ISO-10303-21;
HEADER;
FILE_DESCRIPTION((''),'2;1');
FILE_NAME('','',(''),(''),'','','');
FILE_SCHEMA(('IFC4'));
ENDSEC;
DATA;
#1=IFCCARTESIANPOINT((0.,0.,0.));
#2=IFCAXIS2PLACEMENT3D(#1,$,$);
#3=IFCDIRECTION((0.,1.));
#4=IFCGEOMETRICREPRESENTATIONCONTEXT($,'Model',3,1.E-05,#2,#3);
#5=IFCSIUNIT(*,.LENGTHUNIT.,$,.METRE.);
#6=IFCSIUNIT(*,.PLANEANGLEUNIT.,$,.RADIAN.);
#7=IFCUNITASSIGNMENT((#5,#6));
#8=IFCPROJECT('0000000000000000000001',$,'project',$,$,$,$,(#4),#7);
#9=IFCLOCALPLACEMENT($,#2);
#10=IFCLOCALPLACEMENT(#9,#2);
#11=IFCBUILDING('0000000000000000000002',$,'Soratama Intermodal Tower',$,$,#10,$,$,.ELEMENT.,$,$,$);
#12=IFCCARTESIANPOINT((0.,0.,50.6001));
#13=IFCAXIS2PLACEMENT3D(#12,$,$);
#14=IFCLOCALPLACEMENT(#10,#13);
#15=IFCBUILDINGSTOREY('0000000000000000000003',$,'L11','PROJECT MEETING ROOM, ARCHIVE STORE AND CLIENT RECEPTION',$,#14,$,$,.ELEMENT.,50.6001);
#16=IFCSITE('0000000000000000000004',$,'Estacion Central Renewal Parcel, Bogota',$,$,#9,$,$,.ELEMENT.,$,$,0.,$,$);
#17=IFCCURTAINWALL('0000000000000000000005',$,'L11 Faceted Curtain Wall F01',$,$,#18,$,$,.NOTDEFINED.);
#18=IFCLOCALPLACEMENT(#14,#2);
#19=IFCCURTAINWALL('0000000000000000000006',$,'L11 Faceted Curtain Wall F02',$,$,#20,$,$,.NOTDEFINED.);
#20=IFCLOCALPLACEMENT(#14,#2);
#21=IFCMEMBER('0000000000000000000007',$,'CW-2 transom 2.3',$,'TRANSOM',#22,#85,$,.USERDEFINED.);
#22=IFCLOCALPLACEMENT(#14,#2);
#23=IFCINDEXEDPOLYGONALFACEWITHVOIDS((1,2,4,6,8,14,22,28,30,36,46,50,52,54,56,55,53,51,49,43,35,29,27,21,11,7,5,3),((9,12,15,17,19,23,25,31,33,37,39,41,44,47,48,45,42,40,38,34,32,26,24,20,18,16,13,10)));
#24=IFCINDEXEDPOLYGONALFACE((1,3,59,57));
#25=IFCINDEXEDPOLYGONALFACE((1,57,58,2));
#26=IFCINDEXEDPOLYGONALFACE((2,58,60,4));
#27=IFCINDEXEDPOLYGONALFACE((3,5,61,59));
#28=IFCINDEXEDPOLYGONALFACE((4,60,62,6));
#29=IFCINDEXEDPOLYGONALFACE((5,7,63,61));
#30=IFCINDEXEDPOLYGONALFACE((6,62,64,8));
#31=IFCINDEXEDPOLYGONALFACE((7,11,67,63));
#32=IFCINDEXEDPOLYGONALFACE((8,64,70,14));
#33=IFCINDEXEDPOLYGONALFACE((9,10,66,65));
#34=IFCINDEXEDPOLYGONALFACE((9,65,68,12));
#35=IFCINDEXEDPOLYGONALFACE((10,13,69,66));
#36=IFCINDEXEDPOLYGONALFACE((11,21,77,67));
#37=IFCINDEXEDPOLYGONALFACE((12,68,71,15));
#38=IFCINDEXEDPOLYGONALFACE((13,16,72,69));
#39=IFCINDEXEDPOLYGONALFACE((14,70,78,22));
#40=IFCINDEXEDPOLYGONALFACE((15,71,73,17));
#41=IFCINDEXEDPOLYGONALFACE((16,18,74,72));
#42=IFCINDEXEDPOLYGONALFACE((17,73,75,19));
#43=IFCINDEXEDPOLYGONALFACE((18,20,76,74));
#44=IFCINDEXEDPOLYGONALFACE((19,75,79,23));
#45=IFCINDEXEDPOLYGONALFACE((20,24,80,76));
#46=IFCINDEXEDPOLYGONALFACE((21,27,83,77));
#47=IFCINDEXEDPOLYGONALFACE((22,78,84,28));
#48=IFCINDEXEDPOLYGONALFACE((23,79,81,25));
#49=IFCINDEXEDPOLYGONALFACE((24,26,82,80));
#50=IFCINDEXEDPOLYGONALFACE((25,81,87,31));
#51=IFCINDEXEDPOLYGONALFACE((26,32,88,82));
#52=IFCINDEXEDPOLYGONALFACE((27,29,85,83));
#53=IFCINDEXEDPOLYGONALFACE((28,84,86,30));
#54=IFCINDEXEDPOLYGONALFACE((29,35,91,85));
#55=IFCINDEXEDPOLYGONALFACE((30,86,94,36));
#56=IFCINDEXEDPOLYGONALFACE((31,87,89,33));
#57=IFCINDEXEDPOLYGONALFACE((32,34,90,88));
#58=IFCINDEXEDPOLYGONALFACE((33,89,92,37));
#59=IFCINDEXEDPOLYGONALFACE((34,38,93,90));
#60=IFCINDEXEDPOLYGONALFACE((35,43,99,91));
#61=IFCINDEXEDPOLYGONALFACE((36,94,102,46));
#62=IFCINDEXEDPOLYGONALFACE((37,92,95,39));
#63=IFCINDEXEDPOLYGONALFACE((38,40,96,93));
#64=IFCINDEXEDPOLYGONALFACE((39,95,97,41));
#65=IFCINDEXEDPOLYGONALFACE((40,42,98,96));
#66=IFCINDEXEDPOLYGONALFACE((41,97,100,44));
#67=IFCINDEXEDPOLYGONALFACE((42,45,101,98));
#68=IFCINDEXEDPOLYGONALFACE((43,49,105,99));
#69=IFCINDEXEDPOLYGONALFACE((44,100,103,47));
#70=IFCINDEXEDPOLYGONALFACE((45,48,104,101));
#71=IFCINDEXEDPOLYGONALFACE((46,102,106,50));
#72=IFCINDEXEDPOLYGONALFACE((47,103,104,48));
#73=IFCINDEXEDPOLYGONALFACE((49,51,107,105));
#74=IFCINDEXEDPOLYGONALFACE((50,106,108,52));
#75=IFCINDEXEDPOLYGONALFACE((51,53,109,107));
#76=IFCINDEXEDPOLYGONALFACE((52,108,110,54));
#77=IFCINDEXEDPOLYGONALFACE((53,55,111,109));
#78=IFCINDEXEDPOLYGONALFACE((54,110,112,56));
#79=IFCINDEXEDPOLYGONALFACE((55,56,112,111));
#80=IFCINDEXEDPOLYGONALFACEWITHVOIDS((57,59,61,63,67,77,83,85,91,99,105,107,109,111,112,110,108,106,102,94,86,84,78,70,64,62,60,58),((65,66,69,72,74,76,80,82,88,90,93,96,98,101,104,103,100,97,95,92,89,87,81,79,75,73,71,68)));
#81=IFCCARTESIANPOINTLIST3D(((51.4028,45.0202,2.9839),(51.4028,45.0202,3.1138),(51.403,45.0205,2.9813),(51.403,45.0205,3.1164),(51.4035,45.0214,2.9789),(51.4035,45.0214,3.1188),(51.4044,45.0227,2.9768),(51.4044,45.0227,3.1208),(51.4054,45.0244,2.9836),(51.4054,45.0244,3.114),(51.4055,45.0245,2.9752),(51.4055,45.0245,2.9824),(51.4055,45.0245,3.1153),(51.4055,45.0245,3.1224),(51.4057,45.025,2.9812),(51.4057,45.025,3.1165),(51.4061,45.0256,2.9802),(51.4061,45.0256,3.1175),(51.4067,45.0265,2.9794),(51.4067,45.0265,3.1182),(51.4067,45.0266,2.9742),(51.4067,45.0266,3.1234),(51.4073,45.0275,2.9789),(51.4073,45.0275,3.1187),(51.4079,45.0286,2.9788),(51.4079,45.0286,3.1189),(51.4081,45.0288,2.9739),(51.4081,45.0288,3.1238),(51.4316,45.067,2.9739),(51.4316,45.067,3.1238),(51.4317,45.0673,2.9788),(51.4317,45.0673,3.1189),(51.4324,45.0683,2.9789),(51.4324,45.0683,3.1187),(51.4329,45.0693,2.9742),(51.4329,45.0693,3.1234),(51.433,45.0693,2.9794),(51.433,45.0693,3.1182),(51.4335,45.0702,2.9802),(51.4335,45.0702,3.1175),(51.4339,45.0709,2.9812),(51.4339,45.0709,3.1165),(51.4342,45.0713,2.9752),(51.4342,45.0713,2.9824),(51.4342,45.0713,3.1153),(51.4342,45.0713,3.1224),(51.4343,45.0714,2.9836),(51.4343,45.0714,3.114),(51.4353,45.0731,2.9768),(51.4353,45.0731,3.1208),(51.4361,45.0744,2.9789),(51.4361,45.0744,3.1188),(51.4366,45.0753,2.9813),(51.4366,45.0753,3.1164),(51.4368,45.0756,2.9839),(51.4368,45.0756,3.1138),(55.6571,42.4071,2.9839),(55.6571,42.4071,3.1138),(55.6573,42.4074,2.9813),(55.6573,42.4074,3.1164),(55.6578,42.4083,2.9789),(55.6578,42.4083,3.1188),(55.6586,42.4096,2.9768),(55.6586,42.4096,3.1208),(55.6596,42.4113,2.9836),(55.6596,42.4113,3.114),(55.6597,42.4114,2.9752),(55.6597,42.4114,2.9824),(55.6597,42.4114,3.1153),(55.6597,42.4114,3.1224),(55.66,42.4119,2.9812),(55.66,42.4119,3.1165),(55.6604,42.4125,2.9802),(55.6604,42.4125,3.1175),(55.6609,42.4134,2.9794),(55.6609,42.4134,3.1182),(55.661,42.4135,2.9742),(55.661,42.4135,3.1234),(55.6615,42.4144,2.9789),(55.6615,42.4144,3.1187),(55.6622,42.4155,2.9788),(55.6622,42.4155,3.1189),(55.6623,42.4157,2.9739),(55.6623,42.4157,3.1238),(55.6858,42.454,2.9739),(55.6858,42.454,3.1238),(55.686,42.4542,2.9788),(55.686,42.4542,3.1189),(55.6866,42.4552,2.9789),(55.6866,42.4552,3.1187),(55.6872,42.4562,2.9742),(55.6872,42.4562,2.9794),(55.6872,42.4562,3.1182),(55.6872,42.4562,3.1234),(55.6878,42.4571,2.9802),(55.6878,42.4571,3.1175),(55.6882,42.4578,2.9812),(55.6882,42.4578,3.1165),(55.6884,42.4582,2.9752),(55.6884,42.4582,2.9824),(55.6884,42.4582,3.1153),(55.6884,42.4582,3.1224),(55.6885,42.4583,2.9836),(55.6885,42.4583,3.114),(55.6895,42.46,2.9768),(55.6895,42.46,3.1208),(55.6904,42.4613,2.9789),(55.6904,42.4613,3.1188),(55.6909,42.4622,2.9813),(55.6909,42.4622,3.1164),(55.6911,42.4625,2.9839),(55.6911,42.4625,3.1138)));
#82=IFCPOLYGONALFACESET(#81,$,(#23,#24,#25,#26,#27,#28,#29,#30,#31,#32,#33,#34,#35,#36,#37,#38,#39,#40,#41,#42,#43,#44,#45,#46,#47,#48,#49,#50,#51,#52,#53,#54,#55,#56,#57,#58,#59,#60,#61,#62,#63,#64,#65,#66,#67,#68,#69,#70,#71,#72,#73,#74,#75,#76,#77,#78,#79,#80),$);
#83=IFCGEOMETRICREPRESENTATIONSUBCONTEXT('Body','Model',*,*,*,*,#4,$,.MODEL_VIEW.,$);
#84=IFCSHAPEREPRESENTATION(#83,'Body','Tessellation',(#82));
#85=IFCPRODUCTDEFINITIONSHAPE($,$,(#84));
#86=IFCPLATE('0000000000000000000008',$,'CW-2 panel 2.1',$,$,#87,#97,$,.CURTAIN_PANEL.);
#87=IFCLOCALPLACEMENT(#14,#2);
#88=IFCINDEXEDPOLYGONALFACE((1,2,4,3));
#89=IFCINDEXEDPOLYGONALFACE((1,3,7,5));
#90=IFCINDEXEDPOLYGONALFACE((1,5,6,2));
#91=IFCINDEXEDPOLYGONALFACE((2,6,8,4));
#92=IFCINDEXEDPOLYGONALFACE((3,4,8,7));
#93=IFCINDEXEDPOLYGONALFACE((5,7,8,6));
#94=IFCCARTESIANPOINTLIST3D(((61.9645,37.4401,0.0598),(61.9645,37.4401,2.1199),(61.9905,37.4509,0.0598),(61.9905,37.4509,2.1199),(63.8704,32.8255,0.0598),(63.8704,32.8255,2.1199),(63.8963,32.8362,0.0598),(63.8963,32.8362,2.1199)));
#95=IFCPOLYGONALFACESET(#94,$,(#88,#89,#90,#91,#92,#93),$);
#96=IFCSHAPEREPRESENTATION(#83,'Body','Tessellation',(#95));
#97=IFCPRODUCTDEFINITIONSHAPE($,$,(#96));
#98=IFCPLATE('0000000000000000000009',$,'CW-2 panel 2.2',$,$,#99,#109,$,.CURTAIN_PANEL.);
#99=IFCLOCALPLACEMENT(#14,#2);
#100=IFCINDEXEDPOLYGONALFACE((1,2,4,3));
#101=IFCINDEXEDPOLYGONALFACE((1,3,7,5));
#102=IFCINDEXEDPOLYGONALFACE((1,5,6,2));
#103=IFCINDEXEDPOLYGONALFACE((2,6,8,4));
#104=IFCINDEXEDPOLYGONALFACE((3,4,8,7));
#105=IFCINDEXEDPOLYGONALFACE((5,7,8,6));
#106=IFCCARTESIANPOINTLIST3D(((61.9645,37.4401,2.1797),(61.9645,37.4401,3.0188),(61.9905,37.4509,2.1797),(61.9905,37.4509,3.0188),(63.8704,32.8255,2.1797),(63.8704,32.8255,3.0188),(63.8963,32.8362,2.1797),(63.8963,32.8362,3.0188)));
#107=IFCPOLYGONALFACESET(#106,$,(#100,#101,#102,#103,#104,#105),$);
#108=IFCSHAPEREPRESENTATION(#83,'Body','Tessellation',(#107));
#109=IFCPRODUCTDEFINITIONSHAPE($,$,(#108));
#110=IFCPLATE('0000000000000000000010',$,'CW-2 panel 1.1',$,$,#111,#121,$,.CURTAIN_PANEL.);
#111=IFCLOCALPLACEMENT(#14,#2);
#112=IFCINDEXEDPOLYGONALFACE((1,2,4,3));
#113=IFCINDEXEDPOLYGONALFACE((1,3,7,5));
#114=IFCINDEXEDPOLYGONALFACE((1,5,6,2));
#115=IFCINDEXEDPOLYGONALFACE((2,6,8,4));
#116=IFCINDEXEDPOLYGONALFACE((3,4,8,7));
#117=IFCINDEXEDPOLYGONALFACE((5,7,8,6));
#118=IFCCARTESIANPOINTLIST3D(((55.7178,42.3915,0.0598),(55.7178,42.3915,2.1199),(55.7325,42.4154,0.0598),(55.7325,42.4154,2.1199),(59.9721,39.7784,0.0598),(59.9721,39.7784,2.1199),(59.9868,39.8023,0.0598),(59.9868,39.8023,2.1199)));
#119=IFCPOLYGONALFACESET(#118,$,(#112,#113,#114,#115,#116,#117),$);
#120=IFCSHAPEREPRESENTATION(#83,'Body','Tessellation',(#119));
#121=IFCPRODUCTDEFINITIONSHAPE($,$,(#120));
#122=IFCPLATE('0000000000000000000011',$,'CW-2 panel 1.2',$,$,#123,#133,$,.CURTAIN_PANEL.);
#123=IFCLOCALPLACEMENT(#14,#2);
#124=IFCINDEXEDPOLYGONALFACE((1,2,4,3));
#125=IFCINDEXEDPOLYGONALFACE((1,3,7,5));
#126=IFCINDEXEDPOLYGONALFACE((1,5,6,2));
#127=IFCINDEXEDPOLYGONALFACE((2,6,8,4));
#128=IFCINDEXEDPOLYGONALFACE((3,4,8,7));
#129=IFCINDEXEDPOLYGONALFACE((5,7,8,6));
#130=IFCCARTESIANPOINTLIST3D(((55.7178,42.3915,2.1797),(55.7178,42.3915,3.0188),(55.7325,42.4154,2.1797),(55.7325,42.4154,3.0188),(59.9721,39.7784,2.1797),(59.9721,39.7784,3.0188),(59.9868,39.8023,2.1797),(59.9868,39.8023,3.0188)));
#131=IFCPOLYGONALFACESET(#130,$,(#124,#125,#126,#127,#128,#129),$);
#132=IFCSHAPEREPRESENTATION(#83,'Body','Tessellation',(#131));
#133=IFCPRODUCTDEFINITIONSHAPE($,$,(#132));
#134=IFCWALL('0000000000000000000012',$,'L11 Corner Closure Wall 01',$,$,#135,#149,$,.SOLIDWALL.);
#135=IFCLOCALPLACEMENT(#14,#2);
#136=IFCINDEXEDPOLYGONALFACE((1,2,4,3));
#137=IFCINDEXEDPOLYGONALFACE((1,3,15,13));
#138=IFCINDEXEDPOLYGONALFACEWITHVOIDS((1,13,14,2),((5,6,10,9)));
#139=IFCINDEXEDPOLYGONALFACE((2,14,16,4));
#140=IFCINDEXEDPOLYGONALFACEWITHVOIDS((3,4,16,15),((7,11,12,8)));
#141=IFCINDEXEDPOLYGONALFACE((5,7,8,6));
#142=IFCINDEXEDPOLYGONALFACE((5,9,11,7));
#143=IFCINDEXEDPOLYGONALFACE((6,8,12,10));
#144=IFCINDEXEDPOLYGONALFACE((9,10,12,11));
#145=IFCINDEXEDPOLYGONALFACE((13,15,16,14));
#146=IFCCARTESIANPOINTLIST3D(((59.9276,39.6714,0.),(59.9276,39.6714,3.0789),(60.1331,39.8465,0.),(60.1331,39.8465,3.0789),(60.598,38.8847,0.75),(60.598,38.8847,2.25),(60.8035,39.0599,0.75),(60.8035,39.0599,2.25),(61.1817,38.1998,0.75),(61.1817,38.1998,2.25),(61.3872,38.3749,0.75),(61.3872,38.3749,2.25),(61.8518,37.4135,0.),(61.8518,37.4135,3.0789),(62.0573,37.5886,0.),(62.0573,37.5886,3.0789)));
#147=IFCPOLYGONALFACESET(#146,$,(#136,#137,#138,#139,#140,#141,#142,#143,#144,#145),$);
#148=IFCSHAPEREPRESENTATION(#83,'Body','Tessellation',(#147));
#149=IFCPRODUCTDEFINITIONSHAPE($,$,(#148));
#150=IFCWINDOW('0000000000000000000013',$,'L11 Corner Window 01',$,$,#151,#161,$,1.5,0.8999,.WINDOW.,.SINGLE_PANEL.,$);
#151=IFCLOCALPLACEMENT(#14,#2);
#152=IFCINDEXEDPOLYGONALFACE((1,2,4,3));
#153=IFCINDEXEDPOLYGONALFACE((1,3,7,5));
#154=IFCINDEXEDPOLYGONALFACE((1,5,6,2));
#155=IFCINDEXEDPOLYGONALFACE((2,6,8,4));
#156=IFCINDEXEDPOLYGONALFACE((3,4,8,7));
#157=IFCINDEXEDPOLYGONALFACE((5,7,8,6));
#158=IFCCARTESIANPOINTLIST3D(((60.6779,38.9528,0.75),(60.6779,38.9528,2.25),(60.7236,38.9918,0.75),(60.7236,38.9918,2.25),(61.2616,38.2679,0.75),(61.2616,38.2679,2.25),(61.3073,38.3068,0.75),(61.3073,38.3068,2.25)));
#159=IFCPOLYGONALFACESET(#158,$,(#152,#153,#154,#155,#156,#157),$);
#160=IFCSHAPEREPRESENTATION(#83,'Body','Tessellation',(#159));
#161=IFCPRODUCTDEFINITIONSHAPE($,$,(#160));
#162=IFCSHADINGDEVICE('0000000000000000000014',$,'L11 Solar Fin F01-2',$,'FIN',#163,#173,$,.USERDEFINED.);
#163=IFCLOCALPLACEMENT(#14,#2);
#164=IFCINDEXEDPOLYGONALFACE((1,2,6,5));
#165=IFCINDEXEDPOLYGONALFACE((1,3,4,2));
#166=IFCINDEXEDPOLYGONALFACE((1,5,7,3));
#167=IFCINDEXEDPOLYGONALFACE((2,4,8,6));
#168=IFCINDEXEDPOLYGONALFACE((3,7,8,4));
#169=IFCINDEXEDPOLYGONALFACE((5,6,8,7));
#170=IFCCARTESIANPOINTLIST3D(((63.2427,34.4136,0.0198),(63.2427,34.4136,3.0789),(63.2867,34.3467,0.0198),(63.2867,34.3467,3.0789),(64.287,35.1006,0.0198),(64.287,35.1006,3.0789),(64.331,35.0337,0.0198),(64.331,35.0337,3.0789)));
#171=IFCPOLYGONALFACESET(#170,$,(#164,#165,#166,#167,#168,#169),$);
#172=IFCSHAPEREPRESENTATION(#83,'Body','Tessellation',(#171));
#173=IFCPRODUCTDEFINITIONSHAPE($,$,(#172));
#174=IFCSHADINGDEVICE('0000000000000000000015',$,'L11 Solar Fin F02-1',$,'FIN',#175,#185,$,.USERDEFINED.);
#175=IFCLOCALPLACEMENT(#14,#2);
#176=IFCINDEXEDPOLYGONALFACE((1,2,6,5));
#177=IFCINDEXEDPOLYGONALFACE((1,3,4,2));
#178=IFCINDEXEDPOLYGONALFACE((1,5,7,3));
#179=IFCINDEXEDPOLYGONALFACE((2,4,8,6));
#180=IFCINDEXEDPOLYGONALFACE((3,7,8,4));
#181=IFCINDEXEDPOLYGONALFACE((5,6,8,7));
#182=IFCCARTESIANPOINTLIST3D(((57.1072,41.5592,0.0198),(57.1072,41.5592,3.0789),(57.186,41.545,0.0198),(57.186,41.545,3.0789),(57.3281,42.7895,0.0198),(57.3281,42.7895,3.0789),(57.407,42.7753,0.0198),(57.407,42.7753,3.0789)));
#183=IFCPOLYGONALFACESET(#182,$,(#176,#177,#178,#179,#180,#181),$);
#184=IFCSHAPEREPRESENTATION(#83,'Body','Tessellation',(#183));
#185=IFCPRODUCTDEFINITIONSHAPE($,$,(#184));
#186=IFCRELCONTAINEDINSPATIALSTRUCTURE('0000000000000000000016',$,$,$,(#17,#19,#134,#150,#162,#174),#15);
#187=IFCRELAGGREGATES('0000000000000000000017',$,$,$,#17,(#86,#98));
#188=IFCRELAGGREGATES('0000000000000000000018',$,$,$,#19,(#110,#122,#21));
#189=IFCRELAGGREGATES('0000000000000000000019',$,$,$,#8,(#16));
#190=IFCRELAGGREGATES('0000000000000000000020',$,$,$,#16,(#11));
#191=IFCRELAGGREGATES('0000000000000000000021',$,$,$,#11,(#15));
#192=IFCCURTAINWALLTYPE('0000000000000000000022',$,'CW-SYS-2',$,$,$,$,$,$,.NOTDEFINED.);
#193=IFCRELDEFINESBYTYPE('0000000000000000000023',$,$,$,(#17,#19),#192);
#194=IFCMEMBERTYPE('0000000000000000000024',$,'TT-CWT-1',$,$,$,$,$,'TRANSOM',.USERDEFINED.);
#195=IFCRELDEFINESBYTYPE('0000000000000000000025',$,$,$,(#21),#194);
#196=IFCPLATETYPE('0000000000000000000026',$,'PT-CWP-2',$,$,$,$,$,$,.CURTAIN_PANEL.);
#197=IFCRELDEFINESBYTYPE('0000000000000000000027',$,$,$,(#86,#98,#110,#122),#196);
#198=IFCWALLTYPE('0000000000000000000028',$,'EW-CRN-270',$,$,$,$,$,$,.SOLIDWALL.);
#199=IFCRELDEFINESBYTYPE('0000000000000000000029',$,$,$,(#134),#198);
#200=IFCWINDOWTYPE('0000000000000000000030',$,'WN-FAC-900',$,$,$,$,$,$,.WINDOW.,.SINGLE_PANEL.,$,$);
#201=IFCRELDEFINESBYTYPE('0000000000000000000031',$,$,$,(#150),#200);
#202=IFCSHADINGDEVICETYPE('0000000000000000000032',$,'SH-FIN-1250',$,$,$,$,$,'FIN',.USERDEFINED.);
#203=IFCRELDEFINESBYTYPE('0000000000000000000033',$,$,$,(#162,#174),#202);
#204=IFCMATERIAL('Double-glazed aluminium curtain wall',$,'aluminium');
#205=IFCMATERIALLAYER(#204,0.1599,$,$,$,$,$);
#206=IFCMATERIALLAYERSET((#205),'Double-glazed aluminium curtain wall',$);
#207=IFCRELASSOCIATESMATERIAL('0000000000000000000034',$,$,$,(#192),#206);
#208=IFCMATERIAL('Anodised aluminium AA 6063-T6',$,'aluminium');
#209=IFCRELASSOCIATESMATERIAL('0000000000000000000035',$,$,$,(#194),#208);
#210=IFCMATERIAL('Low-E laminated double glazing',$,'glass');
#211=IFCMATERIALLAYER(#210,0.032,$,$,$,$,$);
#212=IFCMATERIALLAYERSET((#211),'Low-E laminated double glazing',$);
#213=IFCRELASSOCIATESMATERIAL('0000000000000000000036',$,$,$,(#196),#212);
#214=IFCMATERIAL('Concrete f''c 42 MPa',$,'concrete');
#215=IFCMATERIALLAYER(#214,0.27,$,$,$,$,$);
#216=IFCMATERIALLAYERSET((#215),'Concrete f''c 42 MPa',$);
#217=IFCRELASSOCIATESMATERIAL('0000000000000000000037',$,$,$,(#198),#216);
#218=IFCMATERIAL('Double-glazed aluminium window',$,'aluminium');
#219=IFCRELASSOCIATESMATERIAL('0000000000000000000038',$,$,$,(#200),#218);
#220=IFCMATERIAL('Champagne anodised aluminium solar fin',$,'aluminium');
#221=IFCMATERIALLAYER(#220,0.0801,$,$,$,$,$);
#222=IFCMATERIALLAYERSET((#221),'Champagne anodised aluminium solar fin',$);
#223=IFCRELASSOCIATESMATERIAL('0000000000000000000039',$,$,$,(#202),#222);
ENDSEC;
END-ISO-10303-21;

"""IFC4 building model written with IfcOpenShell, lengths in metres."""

from ifc_helpers import new_model, si_unit, direction, frame, frame_2d, origin, origin_2d, place, context, subcontext, project, spatial, rectangle, hollow_rectangle, extrude, material, layer, layer_set, material_profile, profile_set, type_object, element, fill, aggregate, save


model = new_model("IFC4")

# Units and contexts
model_context = context("Model", 3, precision=1e-05, world=origin(), true_north=direction((0.0, 1.0)))
body_context = subcontext(model_context, "Body", "Model", "MODEL_VIEW")
ifc_project = project(units=[si_unit("LENGTHUNIT", "METRE"), si_unit("PLANEANGLEUNIT", "RADIAN")], contexts=[model_context])

# Site, building, storey
site_placement = place(None, origin())
site = spatial("IfcSite", under=ifc_project, at=site_placement, Name="Estacion Central Renewal Parcel, Bogota", CompositionType="ELEMENT", RefElevation=0.0)
building_placement = place(site_placement, origin())
building = spatial("IfcBuilding", under=site, at=building_placement, Name="Soratama Intermodal Tower", CompositionType="ELEMENT")
storey_placement = place(building_placement, frame((0.0, 0.0, 50.6001)))
storey = spatial("IfcBuildingStorey", under=building, at=storey_placement, Name="L11", Description="PROJECT MEETING ROOM, ARCHIVE STORE AND CLIENT RECEPTION", CompositionType="ELEMENT", Elevation=50.6001)

# Curtain wall
ifc_material_1 = material(Name="Double-glazed aluminium curtain wall", Category="aluminium")
ifc_layer_1 = layer(ifc_material_1, 0.1599)
ifc_layer_set_1 = layer_set([ifc_layer_1], Name="Double-glazed aluminium curtain wall")
curtain_wall_type = type_object("IfcCurtainWallType", Name="CW-SYS-2", PredefinedType="NOTDEFINED", material=ifc_layer_set_1)
curtain_wall_1_placement = place(storey_placement, origin())
curtain_wall_1 = element("IfcCurtainWall", 1, at=curtain_wall_1_placement, inside=storey, type_object=curtain_wall_type, Name="L11 Faceted Curtain Wall F01", PredefinedType="NOTDEFINED")

# Curtain wall, member
curtain_wall_2_placement = place(storey_placement, origin())
curtain_wall_2 = element("IfcCurtainWall", 2, at=curtain_wall_2_placement, inside=storey, type_object=curtain_wall_type, Name="L11 Faceted Curtain Wall F02", PredefinedType="NOTDEFINED")
ifc_material_2 = material(Name="Anodised aluminium AA 6063-T6", Category="aluminium")
ifc_material_profile_1 = material_profile(ifc_material_2, hollow_rectangle(XDim=0.0649, YDim=0.1499, WallThickness=0.0049, InnerFilletRadius=0.0049, OuterFilletRadius=0.01, at=origin_2d()), Name="CWT150X65X5")
ifc_profile_set_1 = profile_set([ifc_material_profile_1], Name="Anodised aluminium AA 6063-T6")
member_type_1 = type_object("IfcMemberType", Name="TT-CWT-1", ElementType="TRANSOM", PredefinedType="USERDEFINED", material=ifc_profile_set_1)
member_1_placement = place(storey_placement, frame((55.6741, 42.4348, 3.0488), z_axis=(-0.852096, 0.523385, 0.0), x_axis=(-0.523385, -0.852096, 0.0)))
member_1 = element("IfcMember", 3, at=member_1_placement, type_object=member_type_1, Name="CW-2 transom 2.3", ObjectType="TRANSOM", PredefinedType="USERDEFINED", context=body_context, shape_type="SweptSolid", body=[
    extrude(hollow_rectangle(XDim=0.0649, YDim=0.1499, WallThickness=0.0049, InnerFilletRadius=0.0049, OuterFilletRadius=0.01, at=origin_2d()), origin(), (0.0, 0.0, 1.0), 4.9927),
])

# Plates
ifc_material_3 = material(Name="Low-E laminated double glazing", Category="glass")
ifc_layer_2 = layer(ifc_material_3, 0.032)
ifc_layer_set_2 = layer_set([ifc_layer_2], Name="Low-E laminated double glazing")
plate_type = type_object("IfcPlateType", Name="PT-CWP-2", PredefinedType="CURTAIN_PANEL", material=ifc_layer_set_2)
plate_1_placement = place(storey_placement, frame((62.9304, 35.1382, 0.0598), z_axis=(0.0, 0.0, 1.0), x_axis=(-0.381722, 0.924277, 0.0)))
plate_1 = element("IfcPlate", 4, at=plate_1_placement, type_object=plate_type, Name="CW-2 panel 2.1", PredefinedType="CURTAIN_PANEL", context=body_context, shape_type="SweptSolid", body=[
    extrude(rectangle(XDim=4.9927, YDim=0.0281, at=origin_2d()), origin(), (0.0, 0.0, 1.0), 2.0601),
])
plate_2_placement = place(storey_placement, frame((62.9304, 35.1382, 2.1797), z_axis=(0.0, 0.0, 1.0), x_axis=(-0.381722, 0.924277, 0.0)))
plate_2 = element("IfcPlate", 5, at=plate_2_placement, type_object=plate_type, Name="CW-2 panel 2.2", PredefinedType="CURTAIN_PANEL", context=body_context, shape_type="SweptSolid", body=[
    extrude(rectangle(XDim=4.9927, YDim=0.0281, at=origin_2d()), origin(), (0.0, 0.0, 1.0), 0.8391),
])
aggregate(curtain_wall_1, [plate_1, plate_2])
plate_3_placement = place(storey_placement, frame((57.8523, 41.0969, 0.0598), z_axis=(0.0, 0.0, 1.0), x_axis=(-0.852096, 0.523385, 0.0)))
plate_3 = element("IfcPlate", 6, at=plate_3_placement, type_object=plate_type, Name="CW-2 panel 1.1", PredefinedType="CURTAIN_PANEL", context=body_context, shape_type="SweptSolid", body=[
    extrude(rectangle(XDim=4.9927, YDim=0.0281, at=origin_2d()), origin(), (0.0, 0.0, 1.0), 2.0601),
])
plate_4_placement = place(storey_placement, frame((57.8523, 41.0969, 2.1797), z_axis=(0.0, 0.0, 1.0), x_axis=(-0.852096, 0.523385, 0.0)))
plate_4 = element("IfcPlate", 7, at=plate_4_placement, type_object=plate_type, Name="CW-2 panel 1.2", PredefinedType="CURTAIN_PANEL", context=body_context, shape_type="SweptSolid", body=[
    extrude(rectangle(XDim=4.9927, YDim=0.0281, at=origin_2d()), origin(), (0.0, 0.0, 1.0), 0.8391),
])
aggregate(curtain_wall_2, [plate_3, plate_4, member_1])

# Wall, opening, window
ifc_material_4 = material(Name="Concrete f'c 42 MPa", Category="concrete")
ifc_layer_3 = layer(ifc_material_4, 0.27)
ifc_layer_set_3 = layer_set([ifc_layer_3], Name="Concrete f'c 42 MPa")
wall_type = type_object("IfcWallType", Name="EW-CRN-270", PredefinedType="SOLIDWALL", material=ifc_layer_set_3)
wall_placement = place(storey_placement, frame((61.9546, 37.501, 0.0), z_axis=(0.0, 0.0, 1.0), x_axis=(-0.648613, 0.761118, 0.0)))
wall = element("IfcWall", 8, at=wall_placement, inside=storey, type_object=wall_type, Name="L11 Corner Closure Wall 01", PredefinedType="SOLIDWALL", context=body_context, shape_type="SweptSolid", body=[
    extrude(rectangle(XDim=2.9666, YDim=0.27, at=frame_2d((1.4834, 0.0))), origin(), (0.0, 0.0, 1.0), 3.0789),
])
opening_placement = place(wall_placement, frame((1.0332, 0.0, 0.75)))
opening = element("IfcOpeningElement", 9, at=opening_placement, cuts=wall, PredefinedType="OPENING", context=body_context, shape_type="SweptSolid", body=[
    extrude(rectangle(XDim=0.8999, YDim=1.5, at=frame_2d((0.45, 0.75))), frame((0.0, 0.145, 0.0), z_axis=(0.0, -1.0, 0.0), x_axis=(1.0, 0.0, 0.0)), (0.0, 0.0, 1.0), 0.29),
])
ifc_material_5 = material(Name="Double-glazed aluminium window", Category="aluminium")
window_type = type_object("IfcWindowType", Name="WN-FAC-900", PartitioningType="SINGLE_PANEL", PredefinedType="WINDOW", material=ifc_material_5)
window_placement = place(opening_placement, origin())
window = element("IfcWindow", 10, at=window_placement, inside=storey, type_object=window_type, Name="L11 Corner Window 01", OverallHeight=1.5, OverallWidth=0.8999, PartitioningType="SINGLE_PANEL", PredefinedType="WINDOW", context=body_context, shape_type="SweptSolid", body=[
    extrude(rectangle(XDim=0.8999, YDim=1.5, at=frame_2d((0.45, 0.75))), frame((0.0, 0.03, 0.0), z_axis=(0.0, -1.0, 0.0), x_axis=(1.0, 0.0, 0.0)), (0.0, 0.0, 1.0), 0.0601),
])
fill(opening, window)

# Shading devices
ifc_material_6 = material(Name="Champagne anodised aluminium solar fin", Category="aluminium")
ifc_layer_4 = layer(ifc_material_6, 0.0801)
ifc_layer_set_4 = layer_set([ifc_layer_4], Name="Champagne anodised aluminium solar fin")
shading_device_type = type_object("IfcShadingDeviceType", Name="SH-FIN-1250", ElementType="FIN", PredefinedType="USERDEFINED", material=ifc_layer_set_4)
for number, where, z_axis, x_axis, name in (
    (11, (63.7869, 34.7236, 0.0198), (0.0, 0.0, 1.0), (0.835424, 0.549606, 0.0), "L11 Solar Fin F01-2"),
    (12, (57.2571, 42.1672, 0.0198), (0.0, 0.0, 1.0), (0.176741, 0.984257, 0.0), "L11 Solar Fin F02-1"),
):
    element("IfcShadingDevice", number, at=place(storey_placement, frame(where, z_axis=z_axis, x_axis=x_axis)), inside=storey, type_object=shading_device_type, Name=name, ObjectType="FIN", PredefinedType="USERDEFINED", context=body_context, shape_type="SweptSolid", body=[
        extrude(rectangle(XDim=1.25, YDim=0.0801, at=origin_2d()), origin(), (0.0, 0.0, 1.0), 3.0591),
    ])

save(model, "model.ifc")
